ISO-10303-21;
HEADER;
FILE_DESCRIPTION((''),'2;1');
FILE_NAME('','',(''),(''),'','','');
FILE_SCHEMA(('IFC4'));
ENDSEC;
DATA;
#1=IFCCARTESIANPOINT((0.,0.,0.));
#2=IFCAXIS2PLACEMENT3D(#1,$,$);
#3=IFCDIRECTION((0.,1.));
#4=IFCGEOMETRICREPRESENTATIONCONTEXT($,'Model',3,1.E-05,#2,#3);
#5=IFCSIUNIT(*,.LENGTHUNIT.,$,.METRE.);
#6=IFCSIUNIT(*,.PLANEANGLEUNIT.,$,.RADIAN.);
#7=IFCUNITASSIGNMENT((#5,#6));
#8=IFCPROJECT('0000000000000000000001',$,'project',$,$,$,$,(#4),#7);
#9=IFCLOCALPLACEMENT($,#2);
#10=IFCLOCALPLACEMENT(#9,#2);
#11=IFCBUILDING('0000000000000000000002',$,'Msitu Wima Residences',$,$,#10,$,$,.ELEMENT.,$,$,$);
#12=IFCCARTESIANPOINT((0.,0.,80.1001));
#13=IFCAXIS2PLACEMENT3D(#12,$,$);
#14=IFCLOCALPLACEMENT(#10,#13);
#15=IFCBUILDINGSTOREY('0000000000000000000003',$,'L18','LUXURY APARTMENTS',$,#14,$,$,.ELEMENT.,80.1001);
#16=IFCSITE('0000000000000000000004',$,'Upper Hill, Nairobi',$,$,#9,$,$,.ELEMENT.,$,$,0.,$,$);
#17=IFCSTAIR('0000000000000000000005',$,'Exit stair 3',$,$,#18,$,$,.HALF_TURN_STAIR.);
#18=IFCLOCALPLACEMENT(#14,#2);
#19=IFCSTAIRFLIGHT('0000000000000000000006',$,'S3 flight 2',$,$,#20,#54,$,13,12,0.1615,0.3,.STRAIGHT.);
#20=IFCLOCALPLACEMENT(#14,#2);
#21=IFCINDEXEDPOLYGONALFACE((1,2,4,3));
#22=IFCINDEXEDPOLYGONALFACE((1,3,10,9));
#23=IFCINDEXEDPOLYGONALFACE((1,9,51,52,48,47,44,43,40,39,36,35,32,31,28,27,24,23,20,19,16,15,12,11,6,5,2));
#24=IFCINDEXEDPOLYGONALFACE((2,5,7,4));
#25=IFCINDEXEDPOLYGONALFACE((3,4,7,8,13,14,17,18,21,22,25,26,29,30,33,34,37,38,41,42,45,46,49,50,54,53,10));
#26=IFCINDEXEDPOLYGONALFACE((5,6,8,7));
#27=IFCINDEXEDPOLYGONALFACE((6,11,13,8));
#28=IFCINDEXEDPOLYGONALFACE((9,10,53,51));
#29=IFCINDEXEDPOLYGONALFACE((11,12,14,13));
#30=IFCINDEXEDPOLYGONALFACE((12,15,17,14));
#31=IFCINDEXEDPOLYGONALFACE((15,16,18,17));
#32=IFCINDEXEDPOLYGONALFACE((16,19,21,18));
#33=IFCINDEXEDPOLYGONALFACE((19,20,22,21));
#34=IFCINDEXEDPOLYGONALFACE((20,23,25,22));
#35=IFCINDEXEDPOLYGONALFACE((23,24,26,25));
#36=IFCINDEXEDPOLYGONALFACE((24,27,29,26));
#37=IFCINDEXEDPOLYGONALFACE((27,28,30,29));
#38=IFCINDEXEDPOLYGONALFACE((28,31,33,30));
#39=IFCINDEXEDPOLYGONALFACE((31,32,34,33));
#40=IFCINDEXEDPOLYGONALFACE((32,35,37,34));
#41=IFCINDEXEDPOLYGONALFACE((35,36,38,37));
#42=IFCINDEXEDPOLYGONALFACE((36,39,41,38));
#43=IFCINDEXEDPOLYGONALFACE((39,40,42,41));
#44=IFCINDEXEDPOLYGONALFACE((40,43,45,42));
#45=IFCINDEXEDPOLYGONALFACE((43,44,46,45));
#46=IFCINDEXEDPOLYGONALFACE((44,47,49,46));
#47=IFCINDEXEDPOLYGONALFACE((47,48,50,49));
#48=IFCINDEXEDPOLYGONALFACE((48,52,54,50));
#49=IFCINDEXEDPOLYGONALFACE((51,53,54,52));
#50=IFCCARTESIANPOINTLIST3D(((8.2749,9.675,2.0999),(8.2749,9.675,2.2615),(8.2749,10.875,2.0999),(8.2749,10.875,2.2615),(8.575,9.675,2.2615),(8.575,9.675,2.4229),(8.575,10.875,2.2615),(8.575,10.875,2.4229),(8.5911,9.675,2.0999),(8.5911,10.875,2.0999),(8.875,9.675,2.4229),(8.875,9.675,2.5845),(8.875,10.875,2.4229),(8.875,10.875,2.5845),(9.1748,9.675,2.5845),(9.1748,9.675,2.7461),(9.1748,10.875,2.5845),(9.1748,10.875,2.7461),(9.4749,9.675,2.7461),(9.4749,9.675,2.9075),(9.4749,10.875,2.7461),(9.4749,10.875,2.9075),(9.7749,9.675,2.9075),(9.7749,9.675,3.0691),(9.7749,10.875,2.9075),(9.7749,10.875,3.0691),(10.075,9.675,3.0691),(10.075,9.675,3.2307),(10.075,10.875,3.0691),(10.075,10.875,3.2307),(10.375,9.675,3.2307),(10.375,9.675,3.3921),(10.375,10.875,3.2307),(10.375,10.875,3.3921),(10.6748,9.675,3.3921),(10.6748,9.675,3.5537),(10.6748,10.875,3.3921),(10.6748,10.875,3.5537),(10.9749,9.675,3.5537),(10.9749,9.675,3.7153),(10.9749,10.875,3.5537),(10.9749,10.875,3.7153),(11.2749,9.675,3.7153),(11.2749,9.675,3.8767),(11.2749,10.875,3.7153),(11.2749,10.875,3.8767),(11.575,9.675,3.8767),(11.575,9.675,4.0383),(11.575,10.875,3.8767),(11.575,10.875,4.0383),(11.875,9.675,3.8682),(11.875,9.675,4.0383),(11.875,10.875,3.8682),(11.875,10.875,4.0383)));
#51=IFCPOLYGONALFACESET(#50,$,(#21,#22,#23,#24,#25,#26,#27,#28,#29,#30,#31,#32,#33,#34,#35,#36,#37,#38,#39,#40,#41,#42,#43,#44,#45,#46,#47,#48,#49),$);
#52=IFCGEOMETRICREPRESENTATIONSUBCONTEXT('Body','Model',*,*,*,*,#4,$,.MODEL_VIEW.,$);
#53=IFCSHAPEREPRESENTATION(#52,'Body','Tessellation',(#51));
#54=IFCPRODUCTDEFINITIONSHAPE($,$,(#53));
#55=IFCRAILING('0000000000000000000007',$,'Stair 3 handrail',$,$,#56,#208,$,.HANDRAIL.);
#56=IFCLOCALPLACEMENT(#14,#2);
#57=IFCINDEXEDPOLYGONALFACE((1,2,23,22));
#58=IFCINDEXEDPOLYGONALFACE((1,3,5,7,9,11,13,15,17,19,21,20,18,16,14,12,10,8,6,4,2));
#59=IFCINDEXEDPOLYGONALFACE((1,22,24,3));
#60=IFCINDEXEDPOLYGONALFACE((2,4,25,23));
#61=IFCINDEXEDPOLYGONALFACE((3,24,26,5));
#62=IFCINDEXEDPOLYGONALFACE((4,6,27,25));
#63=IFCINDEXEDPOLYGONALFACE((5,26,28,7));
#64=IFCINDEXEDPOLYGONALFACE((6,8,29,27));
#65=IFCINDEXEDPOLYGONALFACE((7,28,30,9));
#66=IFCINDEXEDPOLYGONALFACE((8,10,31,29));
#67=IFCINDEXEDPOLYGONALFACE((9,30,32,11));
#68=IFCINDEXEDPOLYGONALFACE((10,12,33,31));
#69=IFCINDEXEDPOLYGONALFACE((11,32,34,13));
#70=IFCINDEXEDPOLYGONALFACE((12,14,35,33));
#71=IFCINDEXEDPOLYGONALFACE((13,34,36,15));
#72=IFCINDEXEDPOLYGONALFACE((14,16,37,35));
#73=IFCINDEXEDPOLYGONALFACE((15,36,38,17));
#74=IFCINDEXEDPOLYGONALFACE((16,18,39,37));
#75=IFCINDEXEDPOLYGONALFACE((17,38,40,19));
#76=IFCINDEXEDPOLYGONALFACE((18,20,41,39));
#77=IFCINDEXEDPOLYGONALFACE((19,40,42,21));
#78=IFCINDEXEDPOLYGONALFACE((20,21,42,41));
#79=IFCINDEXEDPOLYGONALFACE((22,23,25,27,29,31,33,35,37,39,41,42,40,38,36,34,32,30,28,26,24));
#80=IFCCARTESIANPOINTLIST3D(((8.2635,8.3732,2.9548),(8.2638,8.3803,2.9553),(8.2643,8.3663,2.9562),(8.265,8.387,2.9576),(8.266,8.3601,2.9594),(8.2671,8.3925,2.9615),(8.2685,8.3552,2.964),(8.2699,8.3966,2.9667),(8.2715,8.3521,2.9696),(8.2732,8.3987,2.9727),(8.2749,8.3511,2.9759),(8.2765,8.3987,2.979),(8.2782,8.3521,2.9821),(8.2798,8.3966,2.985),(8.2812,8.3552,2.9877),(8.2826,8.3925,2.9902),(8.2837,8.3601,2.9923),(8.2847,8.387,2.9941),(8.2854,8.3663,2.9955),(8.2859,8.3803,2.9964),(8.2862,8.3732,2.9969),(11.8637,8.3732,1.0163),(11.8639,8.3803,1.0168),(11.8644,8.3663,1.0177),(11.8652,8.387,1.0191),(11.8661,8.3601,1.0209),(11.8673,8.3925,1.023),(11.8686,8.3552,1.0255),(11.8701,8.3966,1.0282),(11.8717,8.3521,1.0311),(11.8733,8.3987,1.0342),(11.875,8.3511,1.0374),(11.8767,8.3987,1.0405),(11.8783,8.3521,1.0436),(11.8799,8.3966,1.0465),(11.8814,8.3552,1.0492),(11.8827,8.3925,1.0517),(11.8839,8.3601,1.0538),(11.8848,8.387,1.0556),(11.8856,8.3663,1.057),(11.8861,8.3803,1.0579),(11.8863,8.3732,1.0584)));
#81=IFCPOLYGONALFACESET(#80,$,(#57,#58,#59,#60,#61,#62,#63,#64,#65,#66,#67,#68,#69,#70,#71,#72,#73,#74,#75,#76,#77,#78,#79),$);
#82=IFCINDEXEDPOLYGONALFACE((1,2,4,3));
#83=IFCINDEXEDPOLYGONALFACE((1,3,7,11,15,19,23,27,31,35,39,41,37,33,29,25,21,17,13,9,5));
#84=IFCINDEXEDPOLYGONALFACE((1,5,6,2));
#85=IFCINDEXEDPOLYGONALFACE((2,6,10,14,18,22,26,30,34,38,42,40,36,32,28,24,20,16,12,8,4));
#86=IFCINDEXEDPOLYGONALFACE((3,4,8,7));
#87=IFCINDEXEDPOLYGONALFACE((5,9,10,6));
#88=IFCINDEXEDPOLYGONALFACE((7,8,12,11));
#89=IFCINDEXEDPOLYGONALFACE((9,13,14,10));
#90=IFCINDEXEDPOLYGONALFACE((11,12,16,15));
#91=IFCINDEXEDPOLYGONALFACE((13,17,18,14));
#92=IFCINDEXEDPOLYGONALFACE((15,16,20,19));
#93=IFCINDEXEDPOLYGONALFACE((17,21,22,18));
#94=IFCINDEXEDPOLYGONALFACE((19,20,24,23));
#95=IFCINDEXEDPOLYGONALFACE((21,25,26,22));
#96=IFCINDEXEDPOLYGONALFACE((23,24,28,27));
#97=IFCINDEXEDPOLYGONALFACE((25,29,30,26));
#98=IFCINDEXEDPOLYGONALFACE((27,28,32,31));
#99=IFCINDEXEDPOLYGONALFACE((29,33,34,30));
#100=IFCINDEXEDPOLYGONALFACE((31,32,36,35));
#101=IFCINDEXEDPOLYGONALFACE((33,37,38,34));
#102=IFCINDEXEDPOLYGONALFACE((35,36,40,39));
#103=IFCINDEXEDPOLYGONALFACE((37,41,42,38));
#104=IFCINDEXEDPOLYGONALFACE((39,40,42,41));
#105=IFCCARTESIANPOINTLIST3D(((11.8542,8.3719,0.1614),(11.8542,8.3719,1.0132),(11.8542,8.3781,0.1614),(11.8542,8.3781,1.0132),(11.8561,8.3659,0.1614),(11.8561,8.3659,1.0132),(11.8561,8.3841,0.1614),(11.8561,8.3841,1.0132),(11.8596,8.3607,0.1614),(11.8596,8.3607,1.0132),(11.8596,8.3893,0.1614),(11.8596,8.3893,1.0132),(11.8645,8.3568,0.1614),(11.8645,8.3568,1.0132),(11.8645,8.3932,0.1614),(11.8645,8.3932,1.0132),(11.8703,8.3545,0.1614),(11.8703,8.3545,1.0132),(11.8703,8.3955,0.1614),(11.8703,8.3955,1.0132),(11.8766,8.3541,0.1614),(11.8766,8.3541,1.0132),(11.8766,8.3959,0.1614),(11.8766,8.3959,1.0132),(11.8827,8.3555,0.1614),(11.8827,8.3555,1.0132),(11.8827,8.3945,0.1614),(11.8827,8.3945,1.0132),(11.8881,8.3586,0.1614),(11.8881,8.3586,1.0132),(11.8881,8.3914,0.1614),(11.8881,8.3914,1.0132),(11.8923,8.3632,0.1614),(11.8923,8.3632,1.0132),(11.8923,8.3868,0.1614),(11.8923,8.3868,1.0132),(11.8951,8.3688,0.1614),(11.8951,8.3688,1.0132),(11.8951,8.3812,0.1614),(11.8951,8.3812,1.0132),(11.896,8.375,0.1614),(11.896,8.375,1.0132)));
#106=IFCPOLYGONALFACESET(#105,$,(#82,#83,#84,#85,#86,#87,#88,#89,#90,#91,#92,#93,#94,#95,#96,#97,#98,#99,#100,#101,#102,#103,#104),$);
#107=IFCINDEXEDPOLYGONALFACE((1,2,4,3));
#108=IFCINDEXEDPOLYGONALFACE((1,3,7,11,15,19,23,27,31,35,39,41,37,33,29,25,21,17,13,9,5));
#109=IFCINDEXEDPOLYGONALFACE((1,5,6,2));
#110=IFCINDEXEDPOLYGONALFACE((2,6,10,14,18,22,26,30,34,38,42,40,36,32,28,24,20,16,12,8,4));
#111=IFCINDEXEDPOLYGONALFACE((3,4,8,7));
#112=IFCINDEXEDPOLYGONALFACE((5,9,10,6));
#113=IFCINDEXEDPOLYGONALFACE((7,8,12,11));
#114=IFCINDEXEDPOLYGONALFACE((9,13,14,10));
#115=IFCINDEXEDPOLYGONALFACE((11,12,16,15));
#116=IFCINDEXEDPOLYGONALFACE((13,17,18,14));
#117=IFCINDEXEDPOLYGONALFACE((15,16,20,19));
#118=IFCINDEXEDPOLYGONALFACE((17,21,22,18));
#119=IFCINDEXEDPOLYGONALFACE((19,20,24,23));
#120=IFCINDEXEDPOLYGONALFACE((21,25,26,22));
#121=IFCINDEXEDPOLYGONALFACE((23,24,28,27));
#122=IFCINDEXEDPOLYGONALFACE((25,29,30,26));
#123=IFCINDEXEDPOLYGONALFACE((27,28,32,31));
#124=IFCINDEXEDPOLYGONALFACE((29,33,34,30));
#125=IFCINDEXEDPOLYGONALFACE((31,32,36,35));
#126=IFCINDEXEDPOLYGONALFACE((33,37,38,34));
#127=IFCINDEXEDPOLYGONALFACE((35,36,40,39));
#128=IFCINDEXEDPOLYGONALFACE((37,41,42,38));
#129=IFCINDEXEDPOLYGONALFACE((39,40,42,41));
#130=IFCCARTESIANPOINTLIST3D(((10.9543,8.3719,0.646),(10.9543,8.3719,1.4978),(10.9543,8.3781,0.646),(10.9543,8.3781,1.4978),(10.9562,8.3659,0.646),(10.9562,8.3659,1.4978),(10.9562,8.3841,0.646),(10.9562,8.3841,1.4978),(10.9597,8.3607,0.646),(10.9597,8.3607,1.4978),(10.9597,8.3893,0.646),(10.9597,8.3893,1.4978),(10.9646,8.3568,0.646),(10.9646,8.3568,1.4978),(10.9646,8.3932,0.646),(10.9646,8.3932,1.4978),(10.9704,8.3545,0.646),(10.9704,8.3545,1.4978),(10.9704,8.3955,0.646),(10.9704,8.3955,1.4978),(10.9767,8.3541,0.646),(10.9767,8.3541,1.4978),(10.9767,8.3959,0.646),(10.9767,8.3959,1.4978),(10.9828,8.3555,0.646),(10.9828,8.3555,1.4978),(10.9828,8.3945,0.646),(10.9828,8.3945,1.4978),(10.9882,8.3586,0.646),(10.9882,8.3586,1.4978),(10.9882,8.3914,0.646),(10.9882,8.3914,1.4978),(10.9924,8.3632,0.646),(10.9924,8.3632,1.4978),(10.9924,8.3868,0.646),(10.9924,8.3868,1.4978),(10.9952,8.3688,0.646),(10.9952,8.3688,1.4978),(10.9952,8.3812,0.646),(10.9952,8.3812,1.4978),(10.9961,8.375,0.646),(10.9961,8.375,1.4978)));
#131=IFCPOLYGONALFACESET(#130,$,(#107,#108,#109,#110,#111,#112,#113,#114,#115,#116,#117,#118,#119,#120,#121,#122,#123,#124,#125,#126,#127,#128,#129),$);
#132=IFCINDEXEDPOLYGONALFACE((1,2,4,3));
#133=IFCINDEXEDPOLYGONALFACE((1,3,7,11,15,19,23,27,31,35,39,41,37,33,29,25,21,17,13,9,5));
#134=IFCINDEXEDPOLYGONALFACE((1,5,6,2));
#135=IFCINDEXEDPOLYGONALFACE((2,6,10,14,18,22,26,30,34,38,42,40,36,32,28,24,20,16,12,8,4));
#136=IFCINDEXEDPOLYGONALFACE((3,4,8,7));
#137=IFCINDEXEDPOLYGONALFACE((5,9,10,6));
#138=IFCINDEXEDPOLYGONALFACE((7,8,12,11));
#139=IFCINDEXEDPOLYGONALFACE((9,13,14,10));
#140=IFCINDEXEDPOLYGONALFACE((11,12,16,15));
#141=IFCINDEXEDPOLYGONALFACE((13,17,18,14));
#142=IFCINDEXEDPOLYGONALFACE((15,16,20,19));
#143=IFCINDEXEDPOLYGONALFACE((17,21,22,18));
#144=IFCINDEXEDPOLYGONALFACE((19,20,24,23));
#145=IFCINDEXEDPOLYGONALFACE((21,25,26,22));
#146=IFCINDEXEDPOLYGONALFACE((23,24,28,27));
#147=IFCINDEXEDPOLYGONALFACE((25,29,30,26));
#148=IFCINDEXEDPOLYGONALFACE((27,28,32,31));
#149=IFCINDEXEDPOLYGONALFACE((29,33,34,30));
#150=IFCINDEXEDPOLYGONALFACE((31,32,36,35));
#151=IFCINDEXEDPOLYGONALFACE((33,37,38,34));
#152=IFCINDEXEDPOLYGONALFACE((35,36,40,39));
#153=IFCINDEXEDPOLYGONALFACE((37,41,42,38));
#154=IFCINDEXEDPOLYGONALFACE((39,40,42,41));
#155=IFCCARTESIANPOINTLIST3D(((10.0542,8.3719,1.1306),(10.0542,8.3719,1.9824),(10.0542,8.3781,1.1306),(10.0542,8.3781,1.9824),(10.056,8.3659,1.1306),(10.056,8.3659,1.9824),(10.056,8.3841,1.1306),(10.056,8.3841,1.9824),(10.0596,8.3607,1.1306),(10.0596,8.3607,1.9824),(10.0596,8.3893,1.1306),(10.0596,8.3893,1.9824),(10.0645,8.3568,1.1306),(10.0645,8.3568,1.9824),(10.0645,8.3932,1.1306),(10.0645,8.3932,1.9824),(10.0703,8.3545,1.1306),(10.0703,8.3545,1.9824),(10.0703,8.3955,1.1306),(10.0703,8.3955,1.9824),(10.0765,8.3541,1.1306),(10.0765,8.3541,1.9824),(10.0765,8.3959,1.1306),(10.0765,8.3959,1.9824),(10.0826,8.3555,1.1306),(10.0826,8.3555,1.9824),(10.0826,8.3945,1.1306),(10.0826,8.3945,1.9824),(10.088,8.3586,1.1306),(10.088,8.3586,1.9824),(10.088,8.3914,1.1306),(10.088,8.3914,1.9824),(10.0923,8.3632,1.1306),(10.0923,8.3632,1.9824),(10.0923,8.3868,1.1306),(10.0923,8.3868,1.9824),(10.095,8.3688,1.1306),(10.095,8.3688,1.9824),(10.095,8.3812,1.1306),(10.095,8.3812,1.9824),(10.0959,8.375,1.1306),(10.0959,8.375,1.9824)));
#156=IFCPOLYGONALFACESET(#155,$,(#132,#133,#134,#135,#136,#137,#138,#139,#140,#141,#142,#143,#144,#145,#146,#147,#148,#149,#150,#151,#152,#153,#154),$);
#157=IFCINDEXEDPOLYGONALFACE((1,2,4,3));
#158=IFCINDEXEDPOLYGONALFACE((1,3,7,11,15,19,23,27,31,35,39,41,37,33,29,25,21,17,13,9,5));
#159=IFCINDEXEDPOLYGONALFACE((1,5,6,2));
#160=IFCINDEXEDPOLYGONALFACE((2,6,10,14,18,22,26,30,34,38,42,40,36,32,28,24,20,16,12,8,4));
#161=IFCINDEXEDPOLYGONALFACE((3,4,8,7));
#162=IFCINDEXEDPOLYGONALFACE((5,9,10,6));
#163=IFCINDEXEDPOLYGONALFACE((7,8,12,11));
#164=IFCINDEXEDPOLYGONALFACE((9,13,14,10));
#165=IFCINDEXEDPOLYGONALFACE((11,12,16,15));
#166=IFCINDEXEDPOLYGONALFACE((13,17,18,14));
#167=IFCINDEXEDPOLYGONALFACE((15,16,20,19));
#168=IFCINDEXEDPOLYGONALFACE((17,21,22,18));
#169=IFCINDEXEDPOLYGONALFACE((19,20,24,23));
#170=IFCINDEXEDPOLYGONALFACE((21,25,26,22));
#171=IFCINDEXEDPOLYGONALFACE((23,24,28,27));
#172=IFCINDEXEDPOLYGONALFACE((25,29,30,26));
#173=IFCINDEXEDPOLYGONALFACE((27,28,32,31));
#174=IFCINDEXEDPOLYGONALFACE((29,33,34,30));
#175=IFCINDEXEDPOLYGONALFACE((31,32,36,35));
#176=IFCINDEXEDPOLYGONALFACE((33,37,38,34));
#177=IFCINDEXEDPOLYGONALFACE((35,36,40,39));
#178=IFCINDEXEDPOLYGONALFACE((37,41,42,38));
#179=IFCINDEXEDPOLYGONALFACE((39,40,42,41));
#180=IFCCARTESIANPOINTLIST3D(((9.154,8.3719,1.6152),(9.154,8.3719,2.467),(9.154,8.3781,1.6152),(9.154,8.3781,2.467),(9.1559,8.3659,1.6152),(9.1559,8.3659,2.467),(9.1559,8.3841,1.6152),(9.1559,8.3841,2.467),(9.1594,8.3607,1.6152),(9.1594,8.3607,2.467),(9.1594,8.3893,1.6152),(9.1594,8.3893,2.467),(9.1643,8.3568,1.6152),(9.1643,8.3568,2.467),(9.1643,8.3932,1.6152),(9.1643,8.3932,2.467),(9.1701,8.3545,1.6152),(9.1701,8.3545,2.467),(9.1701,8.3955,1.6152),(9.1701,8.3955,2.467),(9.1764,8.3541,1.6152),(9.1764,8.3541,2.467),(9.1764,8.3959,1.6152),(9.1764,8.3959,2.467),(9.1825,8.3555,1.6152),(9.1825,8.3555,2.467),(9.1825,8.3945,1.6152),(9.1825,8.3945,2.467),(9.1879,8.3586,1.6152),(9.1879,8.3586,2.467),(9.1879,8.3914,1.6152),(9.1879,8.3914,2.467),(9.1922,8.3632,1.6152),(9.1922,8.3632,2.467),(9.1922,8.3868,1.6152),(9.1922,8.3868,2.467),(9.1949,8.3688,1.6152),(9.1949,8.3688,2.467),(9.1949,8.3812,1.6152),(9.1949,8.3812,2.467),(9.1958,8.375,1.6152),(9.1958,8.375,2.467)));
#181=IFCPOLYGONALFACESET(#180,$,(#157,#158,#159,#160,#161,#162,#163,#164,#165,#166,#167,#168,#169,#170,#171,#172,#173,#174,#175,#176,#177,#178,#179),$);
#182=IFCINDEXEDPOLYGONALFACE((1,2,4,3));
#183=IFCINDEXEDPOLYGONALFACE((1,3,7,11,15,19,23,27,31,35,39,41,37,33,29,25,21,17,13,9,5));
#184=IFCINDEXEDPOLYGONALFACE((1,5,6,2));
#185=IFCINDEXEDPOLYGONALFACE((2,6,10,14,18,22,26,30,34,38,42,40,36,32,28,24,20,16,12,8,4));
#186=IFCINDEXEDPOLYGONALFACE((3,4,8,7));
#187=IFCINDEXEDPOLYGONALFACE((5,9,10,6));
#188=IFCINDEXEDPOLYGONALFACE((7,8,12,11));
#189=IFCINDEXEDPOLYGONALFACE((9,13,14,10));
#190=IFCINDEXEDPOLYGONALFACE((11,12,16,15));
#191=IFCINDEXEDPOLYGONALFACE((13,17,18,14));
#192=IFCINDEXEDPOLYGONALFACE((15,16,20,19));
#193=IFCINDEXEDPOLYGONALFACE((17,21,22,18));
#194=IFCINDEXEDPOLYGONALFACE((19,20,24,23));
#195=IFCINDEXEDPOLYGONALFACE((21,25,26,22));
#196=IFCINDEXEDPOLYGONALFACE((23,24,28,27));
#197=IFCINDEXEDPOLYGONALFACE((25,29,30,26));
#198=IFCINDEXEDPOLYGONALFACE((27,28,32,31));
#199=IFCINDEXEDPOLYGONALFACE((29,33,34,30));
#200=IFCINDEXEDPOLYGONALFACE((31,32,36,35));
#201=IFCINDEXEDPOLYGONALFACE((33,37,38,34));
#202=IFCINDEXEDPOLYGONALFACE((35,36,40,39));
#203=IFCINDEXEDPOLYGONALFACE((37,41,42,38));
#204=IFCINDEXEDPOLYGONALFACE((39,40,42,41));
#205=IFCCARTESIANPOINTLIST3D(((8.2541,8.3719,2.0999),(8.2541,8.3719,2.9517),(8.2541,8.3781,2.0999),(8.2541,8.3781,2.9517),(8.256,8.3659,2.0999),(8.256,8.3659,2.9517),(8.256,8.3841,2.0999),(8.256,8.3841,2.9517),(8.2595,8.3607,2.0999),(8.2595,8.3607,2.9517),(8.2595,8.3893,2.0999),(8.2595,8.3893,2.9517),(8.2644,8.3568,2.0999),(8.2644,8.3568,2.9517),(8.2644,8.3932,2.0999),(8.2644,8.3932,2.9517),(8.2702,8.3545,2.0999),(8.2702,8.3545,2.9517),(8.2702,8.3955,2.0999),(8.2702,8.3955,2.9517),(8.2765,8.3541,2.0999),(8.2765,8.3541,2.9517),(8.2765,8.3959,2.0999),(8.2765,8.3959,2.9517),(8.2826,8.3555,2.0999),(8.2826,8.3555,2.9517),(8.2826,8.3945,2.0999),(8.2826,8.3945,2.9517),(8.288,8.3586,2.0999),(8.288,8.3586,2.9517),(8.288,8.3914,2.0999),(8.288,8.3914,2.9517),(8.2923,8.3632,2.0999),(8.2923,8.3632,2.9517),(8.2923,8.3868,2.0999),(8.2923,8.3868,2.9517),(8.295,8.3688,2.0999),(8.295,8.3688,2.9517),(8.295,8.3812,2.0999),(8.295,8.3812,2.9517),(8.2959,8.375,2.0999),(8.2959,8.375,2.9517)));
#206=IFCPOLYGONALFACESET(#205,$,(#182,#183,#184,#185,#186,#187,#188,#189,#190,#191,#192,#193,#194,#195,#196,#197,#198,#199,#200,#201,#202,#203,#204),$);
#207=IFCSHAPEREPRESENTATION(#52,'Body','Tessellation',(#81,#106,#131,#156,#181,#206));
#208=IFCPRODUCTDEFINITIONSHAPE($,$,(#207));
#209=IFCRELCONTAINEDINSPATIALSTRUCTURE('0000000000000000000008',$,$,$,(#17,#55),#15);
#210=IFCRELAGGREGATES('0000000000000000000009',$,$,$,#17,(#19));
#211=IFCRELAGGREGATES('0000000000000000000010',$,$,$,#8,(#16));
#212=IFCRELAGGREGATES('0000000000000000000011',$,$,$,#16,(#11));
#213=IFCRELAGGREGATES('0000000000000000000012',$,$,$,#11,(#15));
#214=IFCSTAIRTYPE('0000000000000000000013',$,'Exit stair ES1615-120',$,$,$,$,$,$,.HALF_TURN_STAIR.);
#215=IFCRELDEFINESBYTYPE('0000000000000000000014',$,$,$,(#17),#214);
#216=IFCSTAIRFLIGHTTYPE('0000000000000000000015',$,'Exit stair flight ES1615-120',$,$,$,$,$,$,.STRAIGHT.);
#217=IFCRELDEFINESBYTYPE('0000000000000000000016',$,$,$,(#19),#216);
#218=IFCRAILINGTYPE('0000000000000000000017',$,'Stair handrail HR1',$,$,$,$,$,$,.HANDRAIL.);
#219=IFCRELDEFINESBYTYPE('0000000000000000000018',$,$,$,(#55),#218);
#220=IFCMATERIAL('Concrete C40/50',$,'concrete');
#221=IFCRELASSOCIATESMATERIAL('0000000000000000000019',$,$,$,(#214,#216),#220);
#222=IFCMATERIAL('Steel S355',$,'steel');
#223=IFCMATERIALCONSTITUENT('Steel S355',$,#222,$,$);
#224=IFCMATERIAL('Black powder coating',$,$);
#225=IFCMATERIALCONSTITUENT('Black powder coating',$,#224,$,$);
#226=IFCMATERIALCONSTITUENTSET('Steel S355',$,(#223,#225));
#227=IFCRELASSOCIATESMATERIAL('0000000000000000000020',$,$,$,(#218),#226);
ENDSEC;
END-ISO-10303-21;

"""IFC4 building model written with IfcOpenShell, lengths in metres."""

from ifc_helpers import new_model, si_unit, direction, frame, origin, origin_2d, place, context, subcontext, project, spatial, polyline, circle, outline, extrude, material, constituent, constituent_set, type_object, element, aggregate, save


model = new_model("IFC4")

# Units and contexts
model_context = context("Model", 3, precision=1e-05, world=origin(), true_north=direction((0.0, 1.0)))
body_context = subcontext(model_context, "Body", "Model", "MODEL_VIEW")
ifc_project = project(units=[si_unit("LENGTHUNIT", "METRE"), si_unit("PLANEANGLEUNIT", "RADIAN")], contexts=[model_context])

# Site, building, storey
site_placement = place(None, origin())
site = spatial("IfcSite", under=ifc_project, at=site_placement, Name="Upper Hill, Nairobi", CompositionType="ELEMENT", RefElevation=0.0)
building_placement = place(site_placement, origin())
building = spatial("IfcBuilding", under=site, at=building_placement, Name="Msitu Wima Residences", CompositionType="ELEMENT")
storey_placement = place(building_placement, frame((0.0, 0.0, 80.1001)))
storey = spatial("IfcBuildingStorey", under=building, at=storey_placement, Name="L18", Description="LUXURY APARTMENTS", CompositionType="ELEMENT", Elevation=80.1001)

# Shared definitions
ifc_material_1 = material(Name="Concrete C40/50", Category="concrete")

# Stair, stair flight
stair_type = type_object("IfcStairType", Name="Exit stair ES1615-120", PredefinedType="HALF_TURN_STAIR", material=ifc_material_1)
stair_placement = place(storey_placement, origin())
stair = element("IfcStair", 1, at=stair_placement, inside=storey, type_object=stair_type, Name="Exit stair 3", PredefinedType="HALF_TURN_STAIR")
stair_flight_type = type_object("IfcStairFlightType", Name="Exit stair flight ES1615-120", PredefinedType="STRAIGHT", material=ifc_material_1)
stair_flight_1_placement = place(storey_placement, frame((8.2749, 10.2749, 2.0999), z_axis=(0.0, 0.0, 1.0), x_axis=(1.0, 0.0, 0.0)))
stair_flight_1 = element("IfcStairFlight", 2, at=stair_flight_1_placement, type_object=stair_flight_type, Name="S3 flight 2", NumberOfRisers=13, NumberOfTreads=12, PredefinedType="STRAIGHT", RiserHeight=0.1615, TreadLength=0.3, context=body_context, shape_type="SweptSolid", body=[
    extrude(outline(polyline([(0.0, 0.0), (0.0, 0.1616), (0.3, 0.1616), (0.3, 0.323), (0.6001, 0.323), (0.6001, 0.4846), (0.8999, 0.4846), (0.8999, 0.6462), (1.2, 0.6462), (1.2, 0.8076), (1.5, 0.8076), (1.5, 0.9692), (1.8, 0.9692), (1.8, 1.1309), (2.1001, 1.1309), (2.1001, 1.2922), (2.3999, 1.2922), (2.3999, 1.4539), (2.7, 1.4539), (2.7, 1.6155), (3.0, 1.6155), (3.0, 1.7769), (3.3, 1.7769), (3.3, 1.9385), (3.6001, 1.9385), (3.6001, 2.1001), (3.6001, 1.7683), (0.3162, 0.0), (0.0, 0.0)])), frame((0.0, 0.6001, 0.0), z_axis=(0.0, -1.0, 0.0), x_axis=(1.0, 0.0, 0.0)), (0.0, 0.0, 1.0), 1.2),
])
aggregate(stair, [stair_flight_1])

# Railing
ifc_material_2 = material(Name="Steel S355", Category="steel")
ifc_constituent_1 = constituent(ifc_material_2, Name="Steel S355")
ifc_material_3 = material(Name="Black powder coating")
ifc_constituent_2 = constituent(ifc_material_3, Name="Black powder coating")
ifc_constituent_set = constituent_set(constituents=[ifc_constituent_1, ifc_constituent_2], Name="Steel S355")
railing_type = type_object("IfcRailingType", Name="Stair handrail HR1", PredefinedType="HANDRAIL", material=ifc_constituent_set)
for number, where, name in (
    (3, (11.875, 8.375, 0.1614), "Stair 3 handrail"),
):
    element("IfcRailing", number, at=place(storey_placement, frame(where)), inside=storey, type_object=railing_type, Name=name, PredefinedType="HANDRAIL", context=body_context, shape_type="SweptSolid", body=[
        extrude(circle(Radius=0.0239, at=origin_2d()), frame((0.0, 0.0, 0.876), z_axis=(-0.880475, 0.0, 0.474093), x_axis=(0.0, -1.0, 0.0)), (0.0, 0.0, 1.0), 4.0889),
        extrude(circle(Radius=0.021, at=origin_2d()), origin(), (0.0, 0.0, 1.0), 0.8518),
        extrude(circle(Radius=0.021, at=origin_2d()), frame((-0.8999, 0.0, 0.4846)), (0.0, 0.0, 1.0), 0.8518),
        extrude(circle(Radius=0.021, at=origin_2d()), frame((-1.8, 0.0, 0.9692)), (0.0, 0.0, 1.0), 0.8518),
        extrude(circle(Radius=0.021, at=origin_2d()), frame((-2.7002, 0.0, 1.4539)), (0.0, 0.0, 1.0), 0.8518),
        extrude(circle(Radius=0.021, at=origin_2d()), frame((-3.6001, 0.0, 1.9385)), (0.0, 0.0, 1.0), 0.8518),
    ])

save(model, "model.ifc")
